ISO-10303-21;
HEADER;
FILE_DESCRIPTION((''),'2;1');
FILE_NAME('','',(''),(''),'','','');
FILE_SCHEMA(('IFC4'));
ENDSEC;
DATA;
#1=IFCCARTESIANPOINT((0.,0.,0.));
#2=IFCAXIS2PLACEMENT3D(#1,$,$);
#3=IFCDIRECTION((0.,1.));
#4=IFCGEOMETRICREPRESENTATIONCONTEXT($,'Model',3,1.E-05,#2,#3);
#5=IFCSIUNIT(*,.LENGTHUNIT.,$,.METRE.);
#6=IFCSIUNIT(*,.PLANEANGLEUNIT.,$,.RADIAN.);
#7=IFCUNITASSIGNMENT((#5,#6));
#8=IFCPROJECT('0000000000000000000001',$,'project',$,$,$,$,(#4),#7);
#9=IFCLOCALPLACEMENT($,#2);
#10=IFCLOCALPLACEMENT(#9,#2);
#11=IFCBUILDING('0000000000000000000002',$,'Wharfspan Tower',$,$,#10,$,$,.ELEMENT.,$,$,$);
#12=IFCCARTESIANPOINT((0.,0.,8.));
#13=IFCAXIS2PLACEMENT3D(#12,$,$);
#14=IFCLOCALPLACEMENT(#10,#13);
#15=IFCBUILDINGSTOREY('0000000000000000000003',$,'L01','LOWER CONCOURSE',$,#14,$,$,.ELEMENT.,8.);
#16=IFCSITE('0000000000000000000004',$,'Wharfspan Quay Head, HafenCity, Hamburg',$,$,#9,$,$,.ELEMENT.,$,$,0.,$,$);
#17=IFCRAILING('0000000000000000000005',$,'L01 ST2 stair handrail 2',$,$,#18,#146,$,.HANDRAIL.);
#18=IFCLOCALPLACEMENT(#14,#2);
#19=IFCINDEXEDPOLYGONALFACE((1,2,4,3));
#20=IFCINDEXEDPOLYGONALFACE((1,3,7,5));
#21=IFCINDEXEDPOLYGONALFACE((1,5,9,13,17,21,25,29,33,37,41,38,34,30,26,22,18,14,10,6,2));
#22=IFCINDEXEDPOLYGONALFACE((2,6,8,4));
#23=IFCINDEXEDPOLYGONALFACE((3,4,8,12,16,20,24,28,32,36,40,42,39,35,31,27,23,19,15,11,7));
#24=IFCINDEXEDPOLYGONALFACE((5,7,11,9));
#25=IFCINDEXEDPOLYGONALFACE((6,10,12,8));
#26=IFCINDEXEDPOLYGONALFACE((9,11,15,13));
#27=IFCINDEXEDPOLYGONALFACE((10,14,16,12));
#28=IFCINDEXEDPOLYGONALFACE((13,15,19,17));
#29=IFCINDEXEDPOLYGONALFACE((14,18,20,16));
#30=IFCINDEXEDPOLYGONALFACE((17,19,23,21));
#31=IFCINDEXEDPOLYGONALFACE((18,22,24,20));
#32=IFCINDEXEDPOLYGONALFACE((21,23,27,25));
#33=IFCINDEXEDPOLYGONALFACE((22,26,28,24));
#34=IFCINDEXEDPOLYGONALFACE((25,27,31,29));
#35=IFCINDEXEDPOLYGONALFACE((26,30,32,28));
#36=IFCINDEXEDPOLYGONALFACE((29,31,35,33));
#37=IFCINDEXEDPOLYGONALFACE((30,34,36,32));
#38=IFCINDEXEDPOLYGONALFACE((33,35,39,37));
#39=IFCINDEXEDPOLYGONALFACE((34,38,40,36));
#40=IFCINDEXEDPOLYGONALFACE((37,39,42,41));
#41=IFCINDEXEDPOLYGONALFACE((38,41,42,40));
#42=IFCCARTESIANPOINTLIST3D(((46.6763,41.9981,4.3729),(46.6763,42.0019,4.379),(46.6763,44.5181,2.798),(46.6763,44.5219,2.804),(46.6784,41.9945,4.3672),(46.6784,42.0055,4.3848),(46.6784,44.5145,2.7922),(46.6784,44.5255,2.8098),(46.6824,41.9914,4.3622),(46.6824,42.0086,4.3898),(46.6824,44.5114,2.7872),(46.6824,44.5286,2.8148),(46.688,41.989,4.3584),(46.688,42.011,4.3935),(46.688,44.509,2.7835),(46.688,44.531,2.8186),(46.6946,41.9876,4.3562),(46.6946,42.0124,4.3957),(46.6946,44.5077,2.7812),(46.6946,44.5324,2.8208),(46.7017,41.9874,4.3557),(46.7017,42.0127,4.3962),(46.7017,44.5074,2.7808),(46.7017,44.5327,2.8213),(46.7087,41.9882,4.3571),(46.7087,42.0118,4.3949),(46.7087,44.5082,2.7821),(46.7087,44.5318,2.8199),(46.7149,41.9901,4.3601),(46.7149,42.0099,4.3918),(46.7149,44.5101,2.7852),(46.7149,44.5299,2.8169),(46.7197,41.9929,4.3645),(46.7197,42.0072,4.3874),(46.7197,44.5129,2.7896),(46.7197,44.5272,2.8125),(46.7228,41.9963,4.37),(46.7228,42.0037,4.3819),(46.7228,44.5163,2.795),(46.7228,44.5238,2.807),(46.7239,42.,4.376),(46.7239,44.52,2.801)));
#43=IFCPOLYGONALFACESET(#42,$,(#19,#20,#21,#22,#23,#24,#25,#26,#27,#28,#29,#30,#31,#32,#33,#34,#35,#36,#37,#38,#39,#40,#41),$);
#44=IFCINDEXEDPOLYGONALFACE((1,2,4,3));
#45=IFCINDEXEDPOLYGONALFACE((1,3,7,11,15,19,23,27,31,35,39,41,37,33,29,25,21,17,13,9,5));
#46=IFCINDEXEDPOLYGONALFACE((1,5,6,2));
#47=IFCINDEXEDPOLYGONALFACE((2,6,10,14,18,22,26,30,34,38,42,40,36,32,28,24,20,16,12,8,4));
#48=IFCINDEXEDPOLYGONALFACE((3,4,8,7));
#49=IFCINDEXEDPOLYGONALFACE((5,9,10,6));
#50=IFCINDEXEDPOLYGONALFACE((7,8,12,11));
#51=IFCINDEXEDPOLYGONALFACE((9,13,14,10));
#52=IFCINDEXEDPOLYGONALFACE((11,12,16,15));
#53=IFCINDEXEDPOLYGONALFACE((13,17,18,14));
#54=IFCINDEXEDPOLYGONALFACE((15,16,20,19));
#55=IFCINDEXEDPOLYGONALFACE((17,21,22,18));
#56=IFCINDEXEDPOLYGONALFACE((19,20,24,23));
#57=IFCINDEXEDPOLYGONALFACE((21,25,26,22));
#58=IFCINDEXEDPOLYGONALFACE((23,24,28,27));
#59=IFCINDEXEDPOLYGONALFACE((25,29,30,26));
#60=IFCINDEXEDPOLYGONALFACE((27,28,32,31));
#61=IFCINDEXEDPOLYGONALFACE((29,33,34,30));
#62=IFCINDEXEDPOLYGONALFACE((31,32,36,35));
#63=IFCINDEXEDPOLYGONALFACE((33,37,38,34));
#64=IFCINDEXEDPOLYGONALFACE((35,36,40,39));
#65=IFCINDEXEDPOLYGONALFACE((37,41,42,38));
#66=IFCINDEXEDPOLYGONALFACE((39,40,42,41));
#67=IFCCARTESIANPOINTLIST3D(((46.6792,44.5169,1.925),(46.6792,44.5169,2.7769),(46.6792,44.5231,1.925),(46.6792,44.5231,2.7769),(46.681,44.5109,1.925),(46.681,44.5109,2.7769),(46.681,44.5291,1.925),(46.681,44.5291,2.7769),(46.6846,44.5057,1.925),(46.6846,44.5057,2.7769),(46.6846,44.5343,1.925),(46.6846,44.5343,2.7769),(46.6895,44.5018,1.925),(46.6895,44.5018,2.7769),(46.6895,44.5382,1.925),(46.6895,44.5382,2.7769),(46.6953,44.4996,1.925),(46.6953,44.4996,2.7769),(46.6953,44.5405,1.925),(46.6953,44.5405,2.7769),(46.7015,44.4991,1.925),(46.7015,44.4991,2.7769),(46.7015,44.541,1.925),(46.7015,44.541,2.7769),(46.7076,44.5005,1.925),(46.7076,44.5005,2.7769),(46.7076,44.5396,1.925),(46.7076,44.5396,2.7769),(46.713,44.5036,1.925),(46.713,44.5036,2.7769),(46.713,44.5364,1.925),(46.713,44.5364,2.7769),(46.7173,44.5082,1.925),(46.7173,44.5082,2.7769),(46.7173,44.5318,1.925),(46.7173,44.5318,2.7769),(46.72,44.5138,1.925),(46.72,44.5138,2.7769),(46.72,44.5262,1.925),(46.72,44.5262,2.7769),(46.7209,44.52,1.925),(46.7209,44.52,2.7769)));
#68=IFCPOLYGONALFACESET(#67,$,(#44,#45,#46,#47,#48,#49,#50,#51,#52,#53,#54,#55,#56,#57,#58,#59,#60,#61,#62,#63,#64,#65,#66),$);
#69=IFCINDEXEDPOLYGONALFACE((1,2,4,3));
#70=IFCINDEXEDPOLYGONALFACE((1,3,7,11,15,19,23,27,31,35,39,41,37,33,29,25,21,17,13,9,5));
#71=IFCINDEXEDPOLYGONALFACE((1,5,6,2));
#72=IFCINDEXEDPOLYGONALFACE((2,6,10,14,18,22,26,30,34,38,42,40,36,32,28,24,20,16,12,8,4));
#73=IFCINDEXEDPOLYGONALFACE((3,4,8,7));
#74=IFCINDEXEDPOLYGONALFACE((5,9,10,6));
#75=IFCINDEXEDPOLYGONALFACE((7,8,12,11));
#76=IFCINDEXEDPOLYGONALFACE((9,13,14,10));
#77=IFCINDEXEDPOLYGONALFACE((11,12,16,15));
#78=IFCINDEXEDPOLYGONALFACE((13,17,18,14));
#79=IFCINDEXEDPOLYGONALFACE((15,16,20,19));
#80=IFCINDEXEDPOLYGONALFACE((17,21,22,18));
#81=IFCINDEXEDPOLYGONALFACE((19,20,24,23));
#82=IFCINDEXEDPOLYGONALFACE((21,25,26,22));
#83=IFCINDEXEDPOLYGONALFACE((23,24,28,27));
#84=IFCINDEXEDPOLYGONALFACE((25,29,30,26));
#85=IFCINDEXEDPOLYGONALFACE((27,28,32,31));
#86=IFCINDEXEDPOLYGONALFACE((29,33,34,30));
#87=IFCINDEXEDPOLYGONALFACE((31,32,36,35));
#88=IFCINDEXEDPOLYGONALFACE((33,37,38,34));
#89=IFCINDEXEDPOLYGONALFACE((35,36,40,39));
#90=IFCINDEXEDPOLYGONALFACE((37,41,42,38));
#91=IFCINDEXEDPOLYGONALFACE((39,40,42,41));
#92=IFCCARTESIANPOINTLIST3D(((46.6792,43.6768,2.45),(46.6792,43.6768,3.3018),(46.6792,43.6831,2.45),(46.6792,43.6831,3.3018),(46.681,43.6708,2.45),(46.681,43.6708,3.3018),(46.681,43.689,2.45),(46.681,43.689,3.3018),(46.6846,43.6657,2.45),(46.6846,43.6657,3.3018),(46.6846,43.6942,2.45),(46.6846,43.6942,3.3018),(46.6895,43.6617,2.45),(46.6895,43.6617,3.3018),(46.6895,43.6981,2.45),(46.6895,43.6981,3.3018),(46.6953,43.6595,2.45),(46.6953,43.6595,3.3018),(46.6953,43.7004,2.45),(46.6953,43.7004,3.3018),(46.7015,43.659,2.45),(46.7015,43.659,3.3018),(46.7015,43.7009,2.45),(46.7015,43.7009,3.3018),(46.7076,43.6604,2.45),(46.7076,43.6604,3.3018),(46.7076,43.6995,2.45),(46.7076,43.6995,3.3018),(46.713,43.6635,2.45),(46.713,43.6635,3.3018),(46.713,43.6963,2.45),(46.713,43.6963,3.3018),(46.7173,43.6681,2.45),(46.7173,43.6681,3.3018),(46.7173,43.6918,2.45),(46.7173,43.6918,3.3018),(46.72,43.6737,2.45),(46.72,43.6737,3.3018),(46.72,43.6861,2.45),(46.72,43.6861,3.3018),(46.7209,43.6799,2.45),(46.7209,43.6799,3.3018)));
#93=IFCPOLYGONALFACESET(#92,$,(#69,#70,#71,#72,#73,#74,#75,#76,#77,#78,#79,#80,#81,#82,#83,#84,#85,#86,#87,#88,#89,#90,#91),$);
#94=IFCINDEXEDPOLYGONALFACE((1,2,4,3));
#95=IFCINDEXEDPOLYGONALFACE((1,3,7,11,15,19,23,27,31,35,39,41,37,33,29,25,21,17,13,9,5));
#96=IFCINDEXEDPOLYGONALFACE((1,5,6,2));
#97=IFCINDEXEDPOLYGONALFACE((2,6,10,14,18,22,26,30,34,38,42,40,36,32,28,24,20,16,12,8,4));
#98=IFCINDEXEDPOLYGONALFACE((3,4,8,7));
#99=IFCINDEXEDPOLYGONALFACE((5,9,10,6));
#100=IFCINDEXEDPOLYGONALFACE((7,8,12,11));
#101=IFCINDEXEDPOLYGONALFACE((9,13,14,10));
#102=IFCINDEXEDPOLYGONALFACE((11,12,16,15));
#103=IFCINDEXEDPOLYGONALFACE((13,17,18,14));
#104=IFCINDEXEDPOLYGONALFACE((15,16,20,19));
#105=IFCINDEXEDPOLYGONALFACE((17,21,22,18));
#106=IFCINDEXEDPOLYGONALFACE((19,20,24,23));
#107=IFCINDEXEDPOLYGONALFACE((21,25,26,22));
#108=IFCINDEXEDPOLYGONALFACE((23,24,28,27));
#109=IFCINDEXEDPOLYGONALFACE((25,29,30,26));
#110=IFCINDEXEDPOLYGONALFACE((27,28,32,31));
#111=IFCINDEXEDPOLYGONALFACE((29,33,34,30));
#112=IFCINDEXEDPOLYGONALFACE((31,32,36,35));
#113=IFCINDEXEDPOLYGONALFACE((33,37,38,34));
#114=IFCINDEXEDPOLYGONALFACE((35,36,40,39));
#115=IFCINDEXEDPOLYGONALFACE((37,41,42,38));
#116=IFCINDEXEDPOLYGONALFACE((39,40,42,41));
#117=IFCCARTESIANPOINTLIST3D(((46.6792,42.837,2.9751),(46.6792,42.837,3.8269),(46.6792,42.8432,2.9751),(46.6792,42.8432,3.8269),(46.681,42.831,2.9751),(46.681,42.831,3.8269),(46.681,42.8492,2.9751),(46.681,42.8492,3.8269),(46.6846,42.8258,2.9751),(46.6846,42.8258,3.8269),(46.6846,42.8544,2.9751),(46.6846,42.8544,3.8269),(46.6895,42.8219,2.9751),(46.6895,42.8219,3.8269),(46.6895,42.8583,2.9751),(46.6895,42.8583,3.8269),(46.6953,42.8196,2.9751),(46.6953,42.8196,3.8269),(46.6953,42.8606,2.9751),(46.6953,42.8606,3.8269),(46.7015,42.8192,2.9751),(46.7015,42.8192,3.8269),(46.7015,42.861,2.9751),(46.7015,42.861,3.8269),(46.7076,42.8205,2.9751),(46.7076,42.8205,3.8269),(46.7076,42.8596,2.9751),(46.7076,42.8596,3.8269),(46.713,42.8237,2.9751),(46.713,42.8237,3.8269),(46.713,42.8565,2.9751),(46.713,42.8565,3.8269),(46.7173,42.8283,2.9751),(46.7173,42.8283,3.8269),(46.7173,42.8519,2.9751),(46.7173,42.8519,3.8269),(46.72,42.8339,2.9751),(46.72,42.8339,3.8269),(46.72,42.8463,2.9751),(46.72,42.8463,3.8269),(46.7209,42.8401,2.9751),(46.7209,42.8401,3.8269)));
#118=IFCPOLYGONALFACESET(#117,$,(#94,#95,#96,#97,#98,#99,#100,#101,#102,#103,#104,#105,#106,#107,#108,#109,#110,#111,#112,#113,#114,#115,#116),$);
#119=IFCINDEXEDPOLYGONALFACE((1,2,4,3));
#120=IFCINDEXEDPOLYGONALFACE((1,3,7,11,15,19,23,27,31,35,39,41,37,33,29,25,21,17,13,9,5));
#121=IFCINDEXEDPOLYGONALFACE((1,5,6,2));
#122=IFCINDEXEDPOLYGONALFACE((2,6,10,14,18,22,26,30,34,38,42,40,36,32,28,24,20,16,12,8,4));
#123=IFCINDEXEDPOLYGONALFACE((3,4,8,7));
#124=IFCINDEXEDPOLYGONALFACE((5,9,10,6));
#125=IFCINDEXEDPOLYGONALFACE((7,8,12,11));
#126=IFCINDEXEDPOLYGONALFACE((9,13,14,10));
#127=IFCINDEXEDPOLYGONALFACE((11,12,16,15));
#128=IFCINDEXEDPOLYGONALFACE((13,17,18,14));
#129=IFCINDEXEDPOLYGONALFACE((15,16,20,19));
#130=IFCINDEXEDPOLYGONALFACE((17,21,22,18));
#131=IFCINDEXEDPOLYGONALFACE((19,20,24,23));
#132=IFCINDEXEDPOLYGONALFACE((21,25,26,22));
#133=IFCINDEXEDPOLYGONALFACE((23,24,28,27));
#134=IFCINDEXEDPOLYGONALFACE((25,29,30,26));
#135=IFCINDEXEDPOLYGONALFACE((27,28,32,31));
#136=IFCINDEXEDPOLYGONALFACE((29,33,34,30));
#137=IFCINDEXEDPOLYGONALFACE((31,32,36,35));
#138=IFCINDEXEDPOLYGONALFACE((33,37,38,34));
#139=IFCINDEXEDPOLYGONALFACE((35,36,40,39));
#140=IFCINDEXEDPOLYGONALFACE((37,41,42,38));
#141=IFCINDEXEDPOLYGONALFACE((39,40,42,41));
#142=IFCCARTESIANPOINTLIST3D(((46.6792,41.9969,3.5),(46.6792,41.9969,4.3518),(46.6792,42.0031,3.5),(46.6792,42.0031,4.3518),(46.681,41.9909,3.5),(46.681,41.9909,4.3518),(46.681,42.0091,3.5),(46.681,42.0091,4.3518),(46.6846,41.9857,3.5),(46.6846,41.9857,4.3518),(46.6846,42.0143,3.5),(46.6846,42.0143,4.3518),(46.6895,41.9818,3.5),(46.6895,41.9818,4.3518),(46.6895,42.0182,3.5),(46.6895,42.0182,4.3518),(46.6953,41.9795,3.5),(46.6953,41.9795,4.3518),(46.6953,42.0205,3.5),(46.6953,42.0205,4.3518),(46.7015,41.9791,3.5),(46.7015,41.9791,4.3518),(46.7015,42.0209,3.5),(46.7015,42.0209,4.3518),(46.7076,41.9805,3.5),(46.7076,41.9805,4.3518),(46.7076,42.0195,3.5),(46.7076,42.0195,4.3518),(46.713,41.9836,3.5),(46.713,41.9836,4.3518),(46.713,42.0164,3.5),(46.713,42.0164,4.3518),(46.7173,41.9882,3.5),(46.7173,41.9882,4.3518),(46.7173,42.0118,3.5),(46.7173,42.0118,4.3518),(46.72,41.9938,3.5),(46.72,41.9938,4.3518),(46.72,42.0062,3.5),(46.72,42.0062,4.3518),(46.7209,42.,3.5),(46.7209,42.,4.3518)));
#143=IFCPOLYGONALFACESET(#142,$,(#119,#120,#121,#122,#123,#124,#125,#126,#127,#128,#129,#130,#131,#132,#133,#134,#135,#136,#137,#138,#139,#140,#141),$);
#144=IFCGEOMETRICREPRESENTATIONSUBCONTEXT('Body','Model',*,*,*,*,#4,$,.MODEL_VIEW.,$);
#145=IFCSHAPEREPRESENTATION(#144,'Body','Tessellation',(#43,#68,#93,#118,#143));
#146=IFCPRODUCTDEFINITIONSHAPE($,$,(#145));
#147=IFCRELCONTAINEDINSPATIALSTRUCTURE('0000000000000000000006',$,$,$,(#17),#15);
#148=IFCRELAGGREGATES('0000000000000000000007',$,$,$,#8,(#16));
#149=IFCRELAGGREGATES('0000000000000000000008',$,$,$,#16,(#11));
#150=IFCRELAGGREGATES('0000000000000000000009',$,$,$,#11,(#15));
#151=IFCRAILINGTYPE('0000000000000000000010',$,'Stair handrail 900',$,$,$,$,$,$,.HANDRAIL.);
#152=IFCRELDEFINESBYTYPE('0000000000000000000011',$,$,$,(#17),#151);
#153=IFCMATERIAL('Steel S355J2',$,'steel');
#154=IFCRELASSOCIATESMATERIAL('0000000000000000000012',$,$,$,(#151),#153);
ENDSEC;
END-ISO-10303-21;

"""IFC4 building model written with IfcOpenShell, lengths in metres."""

from ifc_helpers import new_model, si_unit, direction, frame, origin, origin_2d, place, context, subcontext, project, spatial, circle, extrude, material, type_object, element, save


model = new_model("IFC4")

# Units and contexts
model_context = context("Model", 3, precision=1e-05, world=origin(), true_north=direction((0.0, 1.0)))
body_context = subcontext(model_context, "Body", "Model", "MODEL_VIEW")
ifc_project = project(units=[si_unit("LENGTHUNIT", "METRE"), si_unit("PLANEANGLEUNIT", "RADIAN")], contexts=[model_context])

# Site, building, storey
site_placement = place(None, origin())
site = spatial("IfcSite", under=ifc_project, at=site_placement, Name="Wharfspan Quay Head, HafenCity, Hamburg", CompositionType="ELEMENT", RefElevation=0.0)
building_placement = place(site_placement, origin())
building = spatial("IfcBuilding", under=site, at=building_placement, Name="Wharfspan Tower", CompositionType="ELEMENT")
storey_placement = place(building_placement, frame((0.0, 0.0, 8.0)))
storey = spatial("IfcBuildingStorey", under=building, at=storey_placement, Name="L01", Description="LOWER CONCOURSE", CompositionType="ELEMENT", Elevation=8.0)

# Railing
ifc_material_1 = material(Name="Steel S355J2", Category="steel")
railing_type_1 = type_object("IfcRailingType", Name="Stair handrail 900", PredefinedType="HANDRAIL", material=ifc_material_1)
for number, where, name in (
    (1, (46.7, 44.52, 1.925), "L01 ST2 stair handrail 2"),
):
    element("IfcRailing", number, at=place(storey_placement, frame(where)), inside=storey, type_object=railing_type_1, Name=name, PredefinedType="HANDRAIL", context=body_context, shape_type="SweptSolid", body=[
        extrude(circle(Radius=0.0239, at=origin_2d()), frame((0.0, 0.0, 0.876), z_axis=(0.0, -0.848008, 0.529984), x_axis=(1.0, 0.0, 0.0)), (0.0, 0.0, 1.0), 2.9717),
        extrude(circle(Radius=0.021, at=origin_2d()), origin(), (0.0, 0.0, 1.0), 0.8518),
        extrude(circle(Radius=0.021, at=origin_2d()), frame((0.0, -0.8401, 0.5249)), (0.0, 0.0, 1.0), 0.8518),
        extrude(circle(Radius=0.021, at=origin_2d()), frame((0.0, -1.6799, 1.05)), (0.0, 0.0, 1.0), 0.8518),
        extrude(circle(Radius=0.021, at=origin_2d()), frame((0.0, -2.52, 1.575)), (0.0, 0.0, 1.0), 0.8518),
    ])

save(model, "model.ifc")
